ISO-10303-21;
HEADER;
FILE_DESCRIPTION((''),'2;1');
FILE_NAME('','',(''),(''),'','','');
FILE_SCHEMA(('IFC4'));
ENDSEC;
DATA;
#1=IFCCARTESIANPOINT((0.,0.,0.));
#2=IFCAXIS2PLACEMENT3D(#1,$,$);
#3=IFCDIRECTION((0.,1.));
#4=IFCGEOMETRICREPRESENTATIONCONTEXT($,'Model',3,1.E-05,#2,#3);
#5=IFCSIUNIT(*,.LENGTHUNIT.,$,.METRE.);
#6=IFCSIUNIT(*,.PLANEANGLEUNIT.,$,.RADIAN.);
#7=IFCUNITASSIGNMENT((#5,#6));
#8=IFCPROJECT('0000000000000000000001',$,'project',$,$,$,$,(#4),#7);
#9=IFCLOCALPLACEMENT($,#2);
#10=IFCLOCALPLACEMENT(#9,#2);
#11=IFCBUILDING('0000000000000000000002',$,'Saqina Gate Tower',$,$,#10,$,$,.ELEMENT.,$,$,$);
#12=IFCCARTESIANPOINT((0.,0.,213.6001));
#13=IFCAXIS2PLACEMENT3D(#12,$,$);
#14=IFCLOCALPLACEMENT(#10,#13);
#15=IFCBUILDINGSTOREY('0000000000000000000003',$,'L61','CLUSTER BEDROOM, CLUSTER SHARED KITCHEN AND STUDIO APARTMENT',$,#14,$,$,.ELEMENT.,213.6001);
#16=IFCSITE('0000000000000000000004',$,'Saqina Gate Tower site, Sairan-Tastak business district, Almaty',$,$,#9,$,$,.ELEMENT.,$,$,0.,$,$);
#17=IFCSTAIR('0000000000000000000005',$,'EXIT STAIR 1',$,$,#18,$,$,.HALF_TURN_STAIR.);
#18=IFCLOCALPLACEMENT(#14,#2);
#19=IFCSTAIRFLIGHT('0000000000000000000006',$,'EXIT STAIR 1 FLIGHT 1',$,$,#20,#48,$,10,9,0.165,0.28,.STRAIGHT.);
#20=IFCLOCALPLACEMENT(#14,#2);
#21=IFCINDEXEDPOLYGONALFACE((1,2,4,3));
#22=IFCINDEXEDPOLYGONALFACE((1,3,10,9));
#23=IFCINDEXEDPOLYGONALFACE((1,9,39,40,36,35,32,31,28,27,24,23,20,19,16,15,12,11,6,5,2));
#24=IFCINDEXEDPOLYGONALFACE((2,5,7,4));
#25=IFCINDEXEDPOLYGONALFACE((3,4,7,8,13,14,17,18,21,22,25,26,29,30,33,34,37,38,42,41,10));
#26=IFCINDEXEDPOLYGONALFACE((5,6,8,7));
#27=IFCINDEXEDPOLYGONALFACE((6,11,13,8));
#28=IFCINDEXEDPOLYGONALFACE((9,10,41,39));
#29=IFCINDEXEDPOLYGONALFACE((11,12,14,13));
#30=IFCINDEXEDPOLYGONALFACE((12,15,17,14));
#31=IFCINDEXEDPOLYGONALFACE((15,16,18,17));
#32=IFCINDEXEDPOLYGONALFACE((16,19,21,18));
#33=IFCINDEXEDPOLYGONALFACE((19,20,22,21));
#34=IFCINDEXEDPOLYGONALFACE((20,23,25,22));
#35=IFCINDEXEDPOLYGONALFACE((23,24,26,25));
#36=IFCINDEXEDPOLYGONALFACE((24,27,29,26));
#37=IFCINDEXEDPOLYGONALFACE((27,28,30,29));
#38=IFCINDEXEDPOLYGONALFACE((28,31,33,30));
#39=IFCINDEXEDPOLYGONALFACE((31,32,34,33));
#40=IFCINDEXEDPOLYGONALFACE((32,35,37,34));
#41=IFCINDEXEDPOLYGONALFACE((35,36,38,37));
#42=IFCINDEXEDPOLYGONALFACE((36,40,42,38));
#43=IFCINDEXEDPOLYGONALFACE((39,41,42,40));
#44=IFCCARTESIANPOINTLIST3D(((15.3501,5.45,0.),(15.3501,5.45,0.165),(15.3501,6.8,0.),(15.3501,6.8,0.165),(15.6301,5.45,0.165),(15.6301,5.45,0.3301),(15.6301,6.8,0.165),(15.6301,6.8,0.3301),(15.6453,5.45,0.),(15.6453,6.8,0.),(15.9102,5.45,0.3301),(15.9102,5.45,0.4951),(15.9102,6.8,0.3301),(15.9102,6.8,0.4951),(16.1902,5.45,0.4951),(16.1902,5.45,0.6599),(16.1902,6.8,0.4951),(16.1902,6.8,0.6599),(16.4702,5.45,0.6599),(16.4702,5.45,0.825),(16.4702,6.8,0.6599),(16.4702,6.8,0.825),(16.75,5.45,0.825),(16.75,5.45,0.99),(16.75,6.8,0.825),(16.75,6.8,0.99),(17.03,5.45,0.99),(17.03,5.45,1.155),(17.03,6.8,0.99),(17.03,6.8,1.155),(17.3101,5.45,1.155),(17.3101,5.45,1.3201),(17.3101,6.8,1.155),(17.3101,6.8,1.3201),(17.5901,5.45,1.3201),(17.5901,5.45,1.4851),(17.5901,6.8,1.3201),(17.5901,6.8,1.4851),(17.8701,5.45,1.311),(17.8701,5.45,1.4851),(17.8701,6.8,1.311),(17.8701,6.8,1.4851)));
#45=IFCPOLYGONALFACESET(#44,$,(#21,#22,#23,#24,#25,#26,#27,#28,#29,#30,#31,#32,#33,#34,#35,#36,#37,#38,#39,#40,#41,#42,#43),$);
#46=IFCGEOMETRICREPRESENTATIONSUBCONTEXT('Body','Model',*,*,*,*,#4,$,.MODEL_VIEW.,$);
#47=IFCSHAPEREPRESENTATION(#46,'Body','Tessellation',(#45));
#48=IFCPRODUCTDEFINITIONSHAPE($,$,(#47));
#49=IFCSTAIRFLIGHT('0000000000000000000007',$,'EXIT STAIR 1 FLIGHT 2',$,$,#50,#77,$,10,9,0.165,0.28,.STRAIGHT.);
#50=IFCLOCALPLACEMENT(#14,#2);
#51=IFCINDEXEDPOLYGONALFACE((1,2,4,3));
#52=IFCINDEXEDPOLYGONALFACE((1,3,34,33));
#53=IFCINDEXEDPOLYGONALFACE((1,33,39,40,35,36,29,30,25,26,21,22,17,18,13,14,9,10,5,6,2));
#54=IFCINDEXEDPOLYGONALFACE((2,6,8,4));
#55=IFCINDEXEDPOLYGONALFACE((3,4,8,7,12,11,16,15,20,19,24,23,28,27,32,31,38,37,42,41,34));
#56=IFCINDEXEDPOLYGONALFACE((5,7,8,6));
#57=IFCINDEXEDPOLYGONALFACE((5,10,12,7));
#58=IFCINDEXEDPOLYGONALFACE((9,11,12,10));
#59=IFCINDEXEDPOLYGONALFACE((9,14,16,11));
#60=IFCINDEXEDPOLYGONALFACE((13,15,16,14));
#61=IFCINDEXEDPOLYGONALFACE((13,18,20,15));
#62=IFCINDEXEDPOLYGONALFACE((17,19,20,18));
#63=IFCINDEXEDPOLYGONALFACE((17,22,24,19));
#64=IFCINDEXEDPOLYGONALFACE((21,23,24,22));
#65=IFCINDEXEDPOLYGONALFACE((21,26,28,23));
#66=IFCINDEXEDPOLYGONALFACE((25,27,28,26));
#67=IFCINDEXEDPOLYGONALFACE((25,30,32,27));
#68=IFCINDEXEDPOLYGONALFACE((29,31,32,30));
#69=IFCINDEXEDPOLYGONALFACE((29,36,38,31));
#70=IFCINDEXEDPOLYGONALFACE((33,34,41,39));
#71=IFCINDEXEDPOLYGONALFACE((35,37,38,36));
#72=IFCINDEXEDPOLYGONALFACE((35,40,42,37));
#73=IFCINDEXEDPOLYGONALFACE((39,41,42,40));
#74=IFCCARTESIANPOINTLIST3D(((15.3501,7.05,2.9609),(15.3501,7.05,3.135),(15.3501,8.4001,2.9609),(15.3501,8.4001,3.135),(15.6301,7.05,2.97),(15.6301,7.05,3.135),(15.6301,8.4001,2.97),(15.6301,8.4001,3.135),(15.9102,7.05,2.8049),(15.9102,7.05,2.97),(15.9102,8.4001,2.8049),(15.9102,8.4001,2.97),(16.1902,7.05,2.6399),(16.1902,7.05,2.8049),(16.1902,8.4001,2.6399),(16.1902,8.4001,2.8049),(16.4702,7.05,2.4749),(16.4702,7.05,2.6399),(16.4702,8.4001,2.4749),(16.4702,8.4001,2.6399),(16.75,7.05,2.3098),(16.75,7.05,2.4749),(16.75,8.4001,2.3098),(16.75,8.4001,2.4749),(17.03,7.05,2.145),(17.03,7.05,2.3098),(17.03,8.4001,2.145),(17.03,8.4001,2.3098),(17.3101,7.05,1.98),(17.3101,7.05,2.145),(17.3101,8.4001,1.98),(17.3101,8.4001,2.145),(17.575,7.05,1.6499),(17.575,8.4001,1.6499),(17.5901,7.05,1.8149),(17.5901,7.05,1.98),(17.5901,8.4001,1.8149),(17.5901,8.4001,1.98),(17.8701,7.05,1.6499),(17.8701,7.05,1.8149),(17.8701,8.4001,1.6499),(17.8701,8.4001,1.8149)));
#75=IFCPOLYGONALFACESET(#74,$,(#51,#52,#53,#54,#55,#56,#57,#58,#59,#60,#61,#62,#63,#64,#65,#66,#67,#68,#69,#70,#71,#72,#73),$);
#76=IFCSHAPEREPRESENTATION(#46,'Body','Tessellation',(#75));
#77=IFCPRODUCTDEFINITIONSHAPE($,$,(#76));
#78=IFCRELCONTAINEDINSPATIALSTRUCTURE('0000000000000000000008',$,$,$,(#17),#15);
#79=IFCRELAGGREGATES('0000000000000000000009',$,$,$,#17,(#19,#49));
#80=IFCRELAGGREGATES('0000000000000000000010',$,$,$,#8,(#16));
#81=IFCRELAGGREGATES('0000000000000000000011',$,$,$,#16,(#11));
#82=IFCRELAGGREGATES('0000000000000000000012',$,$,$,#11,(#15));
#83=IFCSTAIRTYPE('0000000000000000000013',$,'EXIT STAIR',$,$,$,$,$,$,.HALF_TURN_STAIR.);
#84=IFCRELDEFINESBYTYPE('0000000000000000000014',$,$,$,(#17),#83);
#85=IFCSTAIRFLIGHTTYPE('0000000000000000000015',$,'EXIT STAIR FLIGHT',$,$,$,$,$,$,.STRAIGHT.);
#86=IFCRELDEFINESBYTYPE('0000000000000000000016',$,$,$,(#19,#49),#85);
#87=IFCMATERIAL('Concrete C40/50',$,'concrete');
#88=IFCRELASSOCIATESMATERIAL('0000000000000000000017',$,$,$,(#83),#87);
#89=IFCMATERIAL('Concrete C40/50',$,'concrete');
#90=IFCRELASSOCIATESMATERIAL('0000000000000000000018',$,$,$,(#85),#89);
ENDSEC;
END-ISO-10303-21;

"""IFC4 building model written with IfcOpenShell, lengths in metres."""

from ifc_helpers import new_model, si_unit, direction, frame, origin, place, context, subcontext, project, spatial, polyline, outline, extrude, material, type_object, element, aggregate, save


model = new_model("IFC4")

# Units and contexts
model_context = context("Model", 3, precision=1e-05, world=origin(), true_north=direction((0.0, 1.0)))
body_context = subcontext(model_context, "Body", "Model", "MODEL_VIEW")
ifc_project = project(units=[si_unit("LENGTHUNIT", "METRE"), si_unit("PLANEANGLEUNIT", "RADIAN")], contexts=[model_context])

# Site, building, storey
site_placement = place(None, origin())
site = spatial("IfcSite", under=ifc_project, at=site_placement, Name="Saqina Gate Tower site, Sairan-Tastak business district, Almaty", CompositionType="ELEMENT", RefElevation=0.0)
building_placement = place(site_placement, origin())
building = spatial("IfcBuilding", under=site, at=building_placement, Name="Saqina Gate Tower", CompositionType="ELEMENT")
storey_placement = place(building_placement, frame((0.0, 0.0, 213.6001)))
storey = spatial("IfcBuildingStorey", under=building, at=storey_placement, Name="L61", Description="CLUSTER BEDROOM, CLUSTER SHARED KITCHEN AND STUDIO APARTMENT", CompositionType="ELEMENT", Elevation=213.6001)

# Stair, stair flights
ifc_material_1 = material(Name="Concrete C40/50", Category="concrete")
stair_type = type_object("IfcStairType", Name="EXIT STAIR", PredefinedType="HALF_TURN_STAIR", material=ifc_material_1)
stair_placement = place(storey_placement, origin())
stair = element("IfcStair", 1, at=stair_placement, inside=storey, type_object=stair_type, Name="EXIT STAIR 1", PredefinedType="HALF_TURN_STAIR")
ifc_material_2 = material(Name="Concrete C40/50", Category="concrete")
stair_flight_type = type_object("IfcStairFlightType", Name="EXIT STAIR FLIGHT", PredefinedType="STRAIGHT", material=ifc_material_2)
stair_flight_1_placement = place(storey_placement, frame((15.3501, 6.125, 0.0), z_axis=(0.0, 0.0, 1.0), x_axis=(1.0, 0.0, 0.0)))
stair_flight_1 = element("IfcStairFlight", 2, at=stair_flight_1_placement, type_object=stair_flight_type, Name="EXIT STAIR 1 FLIGHT 1", NumberOfRisers=10, NumberOfTreads=9, PredefinedType="STRAIGHT", RiserHeight=0.165, TreadLength=0.28, context=body_context, shape_type="SweptSolid", body=[
    extrude(outline(polyline([(0.0, 0.0), (0.0, 0.165), (0.28, 0.165), (0.28, 0.3301), (0.5601, 0.3301), (0.5601, 0.4951), (0.8401, 0.4951), (0.8401, 0.6599), (1.1201, 0.6599), (1.1201, 0.825), (1.3999, 0.825), (1.3999, 0.99), (1.6799, 0.99), (1.6799, 1.155), (1.96, 1.155), (1.96, 1.3201), (2.24, 1.3201), (2.24, 1.4851), (2.52, 1.4851), (2.52, 1.6499), (2.52, 1.311), (0.2952, 0.0), (0.0, 0.0)])), frame((0.0, 0.675, 0.0), z_axis=(0.0, -1.0, 0.0), x_axis=(1.0, 0.0, 0.0)), (0.0, 0.0, 1.0), 1.3501),
])
stair_flight_2_placement = place(storey_placement, frame((17.8701, 7.7251, 1.6499), z_axis=(0.0, 0.0, 1.0), x_axis=(-1.0, 0.0, 0.0)))
stair_flight_2 = element("IfcStairFlight", 3, at=stair_flight_2_placement, type_object=stair_flight_type, Name="EXIT STAIR 1 FLIGHT 2", NumberOfRisers=10, NumberOfTreads=9, PredefinedType="STRAIGHT", RiserHeight=0.165, TreadLength=0.28, context=body_context, shape_type="SweptSolid", body=[
    extrude(outline(polyline([(0.0, 0.0), (0.0, 0.165), (0.28, 0.165), (0.28, 0.3301), (0.5601, 0.3301), (0.5601, 0.4951), (0.8401, 0.4951), (0.8401, 0.6599), (1.1201, 0.6599), (1.1201, 0.825), (1.3999, 0.825), (1.3999, 0.99), (1.6799, 0.99), (1.6799, 1.155), (1.96, 1.155), (1.96, 1.3201), (2.24, 1.3201), (2.24, 1.4851), (2.52, 1.4851), (2.52, 1.6499), (2.52, 1.311), (0.2952, 0.0), (0.0, 0.0)])), frame((0.0, 0.675, 0.0), z_axis=(0.0, -1.0, 0.0), x_axis=(1.0, 0.0, 0.0)), (0.0, 0.0, 1.0), 1.3501),
])
aggregate(stair, [stair_flight_1, stair_flight_2])

save(model, "model.ifc")
